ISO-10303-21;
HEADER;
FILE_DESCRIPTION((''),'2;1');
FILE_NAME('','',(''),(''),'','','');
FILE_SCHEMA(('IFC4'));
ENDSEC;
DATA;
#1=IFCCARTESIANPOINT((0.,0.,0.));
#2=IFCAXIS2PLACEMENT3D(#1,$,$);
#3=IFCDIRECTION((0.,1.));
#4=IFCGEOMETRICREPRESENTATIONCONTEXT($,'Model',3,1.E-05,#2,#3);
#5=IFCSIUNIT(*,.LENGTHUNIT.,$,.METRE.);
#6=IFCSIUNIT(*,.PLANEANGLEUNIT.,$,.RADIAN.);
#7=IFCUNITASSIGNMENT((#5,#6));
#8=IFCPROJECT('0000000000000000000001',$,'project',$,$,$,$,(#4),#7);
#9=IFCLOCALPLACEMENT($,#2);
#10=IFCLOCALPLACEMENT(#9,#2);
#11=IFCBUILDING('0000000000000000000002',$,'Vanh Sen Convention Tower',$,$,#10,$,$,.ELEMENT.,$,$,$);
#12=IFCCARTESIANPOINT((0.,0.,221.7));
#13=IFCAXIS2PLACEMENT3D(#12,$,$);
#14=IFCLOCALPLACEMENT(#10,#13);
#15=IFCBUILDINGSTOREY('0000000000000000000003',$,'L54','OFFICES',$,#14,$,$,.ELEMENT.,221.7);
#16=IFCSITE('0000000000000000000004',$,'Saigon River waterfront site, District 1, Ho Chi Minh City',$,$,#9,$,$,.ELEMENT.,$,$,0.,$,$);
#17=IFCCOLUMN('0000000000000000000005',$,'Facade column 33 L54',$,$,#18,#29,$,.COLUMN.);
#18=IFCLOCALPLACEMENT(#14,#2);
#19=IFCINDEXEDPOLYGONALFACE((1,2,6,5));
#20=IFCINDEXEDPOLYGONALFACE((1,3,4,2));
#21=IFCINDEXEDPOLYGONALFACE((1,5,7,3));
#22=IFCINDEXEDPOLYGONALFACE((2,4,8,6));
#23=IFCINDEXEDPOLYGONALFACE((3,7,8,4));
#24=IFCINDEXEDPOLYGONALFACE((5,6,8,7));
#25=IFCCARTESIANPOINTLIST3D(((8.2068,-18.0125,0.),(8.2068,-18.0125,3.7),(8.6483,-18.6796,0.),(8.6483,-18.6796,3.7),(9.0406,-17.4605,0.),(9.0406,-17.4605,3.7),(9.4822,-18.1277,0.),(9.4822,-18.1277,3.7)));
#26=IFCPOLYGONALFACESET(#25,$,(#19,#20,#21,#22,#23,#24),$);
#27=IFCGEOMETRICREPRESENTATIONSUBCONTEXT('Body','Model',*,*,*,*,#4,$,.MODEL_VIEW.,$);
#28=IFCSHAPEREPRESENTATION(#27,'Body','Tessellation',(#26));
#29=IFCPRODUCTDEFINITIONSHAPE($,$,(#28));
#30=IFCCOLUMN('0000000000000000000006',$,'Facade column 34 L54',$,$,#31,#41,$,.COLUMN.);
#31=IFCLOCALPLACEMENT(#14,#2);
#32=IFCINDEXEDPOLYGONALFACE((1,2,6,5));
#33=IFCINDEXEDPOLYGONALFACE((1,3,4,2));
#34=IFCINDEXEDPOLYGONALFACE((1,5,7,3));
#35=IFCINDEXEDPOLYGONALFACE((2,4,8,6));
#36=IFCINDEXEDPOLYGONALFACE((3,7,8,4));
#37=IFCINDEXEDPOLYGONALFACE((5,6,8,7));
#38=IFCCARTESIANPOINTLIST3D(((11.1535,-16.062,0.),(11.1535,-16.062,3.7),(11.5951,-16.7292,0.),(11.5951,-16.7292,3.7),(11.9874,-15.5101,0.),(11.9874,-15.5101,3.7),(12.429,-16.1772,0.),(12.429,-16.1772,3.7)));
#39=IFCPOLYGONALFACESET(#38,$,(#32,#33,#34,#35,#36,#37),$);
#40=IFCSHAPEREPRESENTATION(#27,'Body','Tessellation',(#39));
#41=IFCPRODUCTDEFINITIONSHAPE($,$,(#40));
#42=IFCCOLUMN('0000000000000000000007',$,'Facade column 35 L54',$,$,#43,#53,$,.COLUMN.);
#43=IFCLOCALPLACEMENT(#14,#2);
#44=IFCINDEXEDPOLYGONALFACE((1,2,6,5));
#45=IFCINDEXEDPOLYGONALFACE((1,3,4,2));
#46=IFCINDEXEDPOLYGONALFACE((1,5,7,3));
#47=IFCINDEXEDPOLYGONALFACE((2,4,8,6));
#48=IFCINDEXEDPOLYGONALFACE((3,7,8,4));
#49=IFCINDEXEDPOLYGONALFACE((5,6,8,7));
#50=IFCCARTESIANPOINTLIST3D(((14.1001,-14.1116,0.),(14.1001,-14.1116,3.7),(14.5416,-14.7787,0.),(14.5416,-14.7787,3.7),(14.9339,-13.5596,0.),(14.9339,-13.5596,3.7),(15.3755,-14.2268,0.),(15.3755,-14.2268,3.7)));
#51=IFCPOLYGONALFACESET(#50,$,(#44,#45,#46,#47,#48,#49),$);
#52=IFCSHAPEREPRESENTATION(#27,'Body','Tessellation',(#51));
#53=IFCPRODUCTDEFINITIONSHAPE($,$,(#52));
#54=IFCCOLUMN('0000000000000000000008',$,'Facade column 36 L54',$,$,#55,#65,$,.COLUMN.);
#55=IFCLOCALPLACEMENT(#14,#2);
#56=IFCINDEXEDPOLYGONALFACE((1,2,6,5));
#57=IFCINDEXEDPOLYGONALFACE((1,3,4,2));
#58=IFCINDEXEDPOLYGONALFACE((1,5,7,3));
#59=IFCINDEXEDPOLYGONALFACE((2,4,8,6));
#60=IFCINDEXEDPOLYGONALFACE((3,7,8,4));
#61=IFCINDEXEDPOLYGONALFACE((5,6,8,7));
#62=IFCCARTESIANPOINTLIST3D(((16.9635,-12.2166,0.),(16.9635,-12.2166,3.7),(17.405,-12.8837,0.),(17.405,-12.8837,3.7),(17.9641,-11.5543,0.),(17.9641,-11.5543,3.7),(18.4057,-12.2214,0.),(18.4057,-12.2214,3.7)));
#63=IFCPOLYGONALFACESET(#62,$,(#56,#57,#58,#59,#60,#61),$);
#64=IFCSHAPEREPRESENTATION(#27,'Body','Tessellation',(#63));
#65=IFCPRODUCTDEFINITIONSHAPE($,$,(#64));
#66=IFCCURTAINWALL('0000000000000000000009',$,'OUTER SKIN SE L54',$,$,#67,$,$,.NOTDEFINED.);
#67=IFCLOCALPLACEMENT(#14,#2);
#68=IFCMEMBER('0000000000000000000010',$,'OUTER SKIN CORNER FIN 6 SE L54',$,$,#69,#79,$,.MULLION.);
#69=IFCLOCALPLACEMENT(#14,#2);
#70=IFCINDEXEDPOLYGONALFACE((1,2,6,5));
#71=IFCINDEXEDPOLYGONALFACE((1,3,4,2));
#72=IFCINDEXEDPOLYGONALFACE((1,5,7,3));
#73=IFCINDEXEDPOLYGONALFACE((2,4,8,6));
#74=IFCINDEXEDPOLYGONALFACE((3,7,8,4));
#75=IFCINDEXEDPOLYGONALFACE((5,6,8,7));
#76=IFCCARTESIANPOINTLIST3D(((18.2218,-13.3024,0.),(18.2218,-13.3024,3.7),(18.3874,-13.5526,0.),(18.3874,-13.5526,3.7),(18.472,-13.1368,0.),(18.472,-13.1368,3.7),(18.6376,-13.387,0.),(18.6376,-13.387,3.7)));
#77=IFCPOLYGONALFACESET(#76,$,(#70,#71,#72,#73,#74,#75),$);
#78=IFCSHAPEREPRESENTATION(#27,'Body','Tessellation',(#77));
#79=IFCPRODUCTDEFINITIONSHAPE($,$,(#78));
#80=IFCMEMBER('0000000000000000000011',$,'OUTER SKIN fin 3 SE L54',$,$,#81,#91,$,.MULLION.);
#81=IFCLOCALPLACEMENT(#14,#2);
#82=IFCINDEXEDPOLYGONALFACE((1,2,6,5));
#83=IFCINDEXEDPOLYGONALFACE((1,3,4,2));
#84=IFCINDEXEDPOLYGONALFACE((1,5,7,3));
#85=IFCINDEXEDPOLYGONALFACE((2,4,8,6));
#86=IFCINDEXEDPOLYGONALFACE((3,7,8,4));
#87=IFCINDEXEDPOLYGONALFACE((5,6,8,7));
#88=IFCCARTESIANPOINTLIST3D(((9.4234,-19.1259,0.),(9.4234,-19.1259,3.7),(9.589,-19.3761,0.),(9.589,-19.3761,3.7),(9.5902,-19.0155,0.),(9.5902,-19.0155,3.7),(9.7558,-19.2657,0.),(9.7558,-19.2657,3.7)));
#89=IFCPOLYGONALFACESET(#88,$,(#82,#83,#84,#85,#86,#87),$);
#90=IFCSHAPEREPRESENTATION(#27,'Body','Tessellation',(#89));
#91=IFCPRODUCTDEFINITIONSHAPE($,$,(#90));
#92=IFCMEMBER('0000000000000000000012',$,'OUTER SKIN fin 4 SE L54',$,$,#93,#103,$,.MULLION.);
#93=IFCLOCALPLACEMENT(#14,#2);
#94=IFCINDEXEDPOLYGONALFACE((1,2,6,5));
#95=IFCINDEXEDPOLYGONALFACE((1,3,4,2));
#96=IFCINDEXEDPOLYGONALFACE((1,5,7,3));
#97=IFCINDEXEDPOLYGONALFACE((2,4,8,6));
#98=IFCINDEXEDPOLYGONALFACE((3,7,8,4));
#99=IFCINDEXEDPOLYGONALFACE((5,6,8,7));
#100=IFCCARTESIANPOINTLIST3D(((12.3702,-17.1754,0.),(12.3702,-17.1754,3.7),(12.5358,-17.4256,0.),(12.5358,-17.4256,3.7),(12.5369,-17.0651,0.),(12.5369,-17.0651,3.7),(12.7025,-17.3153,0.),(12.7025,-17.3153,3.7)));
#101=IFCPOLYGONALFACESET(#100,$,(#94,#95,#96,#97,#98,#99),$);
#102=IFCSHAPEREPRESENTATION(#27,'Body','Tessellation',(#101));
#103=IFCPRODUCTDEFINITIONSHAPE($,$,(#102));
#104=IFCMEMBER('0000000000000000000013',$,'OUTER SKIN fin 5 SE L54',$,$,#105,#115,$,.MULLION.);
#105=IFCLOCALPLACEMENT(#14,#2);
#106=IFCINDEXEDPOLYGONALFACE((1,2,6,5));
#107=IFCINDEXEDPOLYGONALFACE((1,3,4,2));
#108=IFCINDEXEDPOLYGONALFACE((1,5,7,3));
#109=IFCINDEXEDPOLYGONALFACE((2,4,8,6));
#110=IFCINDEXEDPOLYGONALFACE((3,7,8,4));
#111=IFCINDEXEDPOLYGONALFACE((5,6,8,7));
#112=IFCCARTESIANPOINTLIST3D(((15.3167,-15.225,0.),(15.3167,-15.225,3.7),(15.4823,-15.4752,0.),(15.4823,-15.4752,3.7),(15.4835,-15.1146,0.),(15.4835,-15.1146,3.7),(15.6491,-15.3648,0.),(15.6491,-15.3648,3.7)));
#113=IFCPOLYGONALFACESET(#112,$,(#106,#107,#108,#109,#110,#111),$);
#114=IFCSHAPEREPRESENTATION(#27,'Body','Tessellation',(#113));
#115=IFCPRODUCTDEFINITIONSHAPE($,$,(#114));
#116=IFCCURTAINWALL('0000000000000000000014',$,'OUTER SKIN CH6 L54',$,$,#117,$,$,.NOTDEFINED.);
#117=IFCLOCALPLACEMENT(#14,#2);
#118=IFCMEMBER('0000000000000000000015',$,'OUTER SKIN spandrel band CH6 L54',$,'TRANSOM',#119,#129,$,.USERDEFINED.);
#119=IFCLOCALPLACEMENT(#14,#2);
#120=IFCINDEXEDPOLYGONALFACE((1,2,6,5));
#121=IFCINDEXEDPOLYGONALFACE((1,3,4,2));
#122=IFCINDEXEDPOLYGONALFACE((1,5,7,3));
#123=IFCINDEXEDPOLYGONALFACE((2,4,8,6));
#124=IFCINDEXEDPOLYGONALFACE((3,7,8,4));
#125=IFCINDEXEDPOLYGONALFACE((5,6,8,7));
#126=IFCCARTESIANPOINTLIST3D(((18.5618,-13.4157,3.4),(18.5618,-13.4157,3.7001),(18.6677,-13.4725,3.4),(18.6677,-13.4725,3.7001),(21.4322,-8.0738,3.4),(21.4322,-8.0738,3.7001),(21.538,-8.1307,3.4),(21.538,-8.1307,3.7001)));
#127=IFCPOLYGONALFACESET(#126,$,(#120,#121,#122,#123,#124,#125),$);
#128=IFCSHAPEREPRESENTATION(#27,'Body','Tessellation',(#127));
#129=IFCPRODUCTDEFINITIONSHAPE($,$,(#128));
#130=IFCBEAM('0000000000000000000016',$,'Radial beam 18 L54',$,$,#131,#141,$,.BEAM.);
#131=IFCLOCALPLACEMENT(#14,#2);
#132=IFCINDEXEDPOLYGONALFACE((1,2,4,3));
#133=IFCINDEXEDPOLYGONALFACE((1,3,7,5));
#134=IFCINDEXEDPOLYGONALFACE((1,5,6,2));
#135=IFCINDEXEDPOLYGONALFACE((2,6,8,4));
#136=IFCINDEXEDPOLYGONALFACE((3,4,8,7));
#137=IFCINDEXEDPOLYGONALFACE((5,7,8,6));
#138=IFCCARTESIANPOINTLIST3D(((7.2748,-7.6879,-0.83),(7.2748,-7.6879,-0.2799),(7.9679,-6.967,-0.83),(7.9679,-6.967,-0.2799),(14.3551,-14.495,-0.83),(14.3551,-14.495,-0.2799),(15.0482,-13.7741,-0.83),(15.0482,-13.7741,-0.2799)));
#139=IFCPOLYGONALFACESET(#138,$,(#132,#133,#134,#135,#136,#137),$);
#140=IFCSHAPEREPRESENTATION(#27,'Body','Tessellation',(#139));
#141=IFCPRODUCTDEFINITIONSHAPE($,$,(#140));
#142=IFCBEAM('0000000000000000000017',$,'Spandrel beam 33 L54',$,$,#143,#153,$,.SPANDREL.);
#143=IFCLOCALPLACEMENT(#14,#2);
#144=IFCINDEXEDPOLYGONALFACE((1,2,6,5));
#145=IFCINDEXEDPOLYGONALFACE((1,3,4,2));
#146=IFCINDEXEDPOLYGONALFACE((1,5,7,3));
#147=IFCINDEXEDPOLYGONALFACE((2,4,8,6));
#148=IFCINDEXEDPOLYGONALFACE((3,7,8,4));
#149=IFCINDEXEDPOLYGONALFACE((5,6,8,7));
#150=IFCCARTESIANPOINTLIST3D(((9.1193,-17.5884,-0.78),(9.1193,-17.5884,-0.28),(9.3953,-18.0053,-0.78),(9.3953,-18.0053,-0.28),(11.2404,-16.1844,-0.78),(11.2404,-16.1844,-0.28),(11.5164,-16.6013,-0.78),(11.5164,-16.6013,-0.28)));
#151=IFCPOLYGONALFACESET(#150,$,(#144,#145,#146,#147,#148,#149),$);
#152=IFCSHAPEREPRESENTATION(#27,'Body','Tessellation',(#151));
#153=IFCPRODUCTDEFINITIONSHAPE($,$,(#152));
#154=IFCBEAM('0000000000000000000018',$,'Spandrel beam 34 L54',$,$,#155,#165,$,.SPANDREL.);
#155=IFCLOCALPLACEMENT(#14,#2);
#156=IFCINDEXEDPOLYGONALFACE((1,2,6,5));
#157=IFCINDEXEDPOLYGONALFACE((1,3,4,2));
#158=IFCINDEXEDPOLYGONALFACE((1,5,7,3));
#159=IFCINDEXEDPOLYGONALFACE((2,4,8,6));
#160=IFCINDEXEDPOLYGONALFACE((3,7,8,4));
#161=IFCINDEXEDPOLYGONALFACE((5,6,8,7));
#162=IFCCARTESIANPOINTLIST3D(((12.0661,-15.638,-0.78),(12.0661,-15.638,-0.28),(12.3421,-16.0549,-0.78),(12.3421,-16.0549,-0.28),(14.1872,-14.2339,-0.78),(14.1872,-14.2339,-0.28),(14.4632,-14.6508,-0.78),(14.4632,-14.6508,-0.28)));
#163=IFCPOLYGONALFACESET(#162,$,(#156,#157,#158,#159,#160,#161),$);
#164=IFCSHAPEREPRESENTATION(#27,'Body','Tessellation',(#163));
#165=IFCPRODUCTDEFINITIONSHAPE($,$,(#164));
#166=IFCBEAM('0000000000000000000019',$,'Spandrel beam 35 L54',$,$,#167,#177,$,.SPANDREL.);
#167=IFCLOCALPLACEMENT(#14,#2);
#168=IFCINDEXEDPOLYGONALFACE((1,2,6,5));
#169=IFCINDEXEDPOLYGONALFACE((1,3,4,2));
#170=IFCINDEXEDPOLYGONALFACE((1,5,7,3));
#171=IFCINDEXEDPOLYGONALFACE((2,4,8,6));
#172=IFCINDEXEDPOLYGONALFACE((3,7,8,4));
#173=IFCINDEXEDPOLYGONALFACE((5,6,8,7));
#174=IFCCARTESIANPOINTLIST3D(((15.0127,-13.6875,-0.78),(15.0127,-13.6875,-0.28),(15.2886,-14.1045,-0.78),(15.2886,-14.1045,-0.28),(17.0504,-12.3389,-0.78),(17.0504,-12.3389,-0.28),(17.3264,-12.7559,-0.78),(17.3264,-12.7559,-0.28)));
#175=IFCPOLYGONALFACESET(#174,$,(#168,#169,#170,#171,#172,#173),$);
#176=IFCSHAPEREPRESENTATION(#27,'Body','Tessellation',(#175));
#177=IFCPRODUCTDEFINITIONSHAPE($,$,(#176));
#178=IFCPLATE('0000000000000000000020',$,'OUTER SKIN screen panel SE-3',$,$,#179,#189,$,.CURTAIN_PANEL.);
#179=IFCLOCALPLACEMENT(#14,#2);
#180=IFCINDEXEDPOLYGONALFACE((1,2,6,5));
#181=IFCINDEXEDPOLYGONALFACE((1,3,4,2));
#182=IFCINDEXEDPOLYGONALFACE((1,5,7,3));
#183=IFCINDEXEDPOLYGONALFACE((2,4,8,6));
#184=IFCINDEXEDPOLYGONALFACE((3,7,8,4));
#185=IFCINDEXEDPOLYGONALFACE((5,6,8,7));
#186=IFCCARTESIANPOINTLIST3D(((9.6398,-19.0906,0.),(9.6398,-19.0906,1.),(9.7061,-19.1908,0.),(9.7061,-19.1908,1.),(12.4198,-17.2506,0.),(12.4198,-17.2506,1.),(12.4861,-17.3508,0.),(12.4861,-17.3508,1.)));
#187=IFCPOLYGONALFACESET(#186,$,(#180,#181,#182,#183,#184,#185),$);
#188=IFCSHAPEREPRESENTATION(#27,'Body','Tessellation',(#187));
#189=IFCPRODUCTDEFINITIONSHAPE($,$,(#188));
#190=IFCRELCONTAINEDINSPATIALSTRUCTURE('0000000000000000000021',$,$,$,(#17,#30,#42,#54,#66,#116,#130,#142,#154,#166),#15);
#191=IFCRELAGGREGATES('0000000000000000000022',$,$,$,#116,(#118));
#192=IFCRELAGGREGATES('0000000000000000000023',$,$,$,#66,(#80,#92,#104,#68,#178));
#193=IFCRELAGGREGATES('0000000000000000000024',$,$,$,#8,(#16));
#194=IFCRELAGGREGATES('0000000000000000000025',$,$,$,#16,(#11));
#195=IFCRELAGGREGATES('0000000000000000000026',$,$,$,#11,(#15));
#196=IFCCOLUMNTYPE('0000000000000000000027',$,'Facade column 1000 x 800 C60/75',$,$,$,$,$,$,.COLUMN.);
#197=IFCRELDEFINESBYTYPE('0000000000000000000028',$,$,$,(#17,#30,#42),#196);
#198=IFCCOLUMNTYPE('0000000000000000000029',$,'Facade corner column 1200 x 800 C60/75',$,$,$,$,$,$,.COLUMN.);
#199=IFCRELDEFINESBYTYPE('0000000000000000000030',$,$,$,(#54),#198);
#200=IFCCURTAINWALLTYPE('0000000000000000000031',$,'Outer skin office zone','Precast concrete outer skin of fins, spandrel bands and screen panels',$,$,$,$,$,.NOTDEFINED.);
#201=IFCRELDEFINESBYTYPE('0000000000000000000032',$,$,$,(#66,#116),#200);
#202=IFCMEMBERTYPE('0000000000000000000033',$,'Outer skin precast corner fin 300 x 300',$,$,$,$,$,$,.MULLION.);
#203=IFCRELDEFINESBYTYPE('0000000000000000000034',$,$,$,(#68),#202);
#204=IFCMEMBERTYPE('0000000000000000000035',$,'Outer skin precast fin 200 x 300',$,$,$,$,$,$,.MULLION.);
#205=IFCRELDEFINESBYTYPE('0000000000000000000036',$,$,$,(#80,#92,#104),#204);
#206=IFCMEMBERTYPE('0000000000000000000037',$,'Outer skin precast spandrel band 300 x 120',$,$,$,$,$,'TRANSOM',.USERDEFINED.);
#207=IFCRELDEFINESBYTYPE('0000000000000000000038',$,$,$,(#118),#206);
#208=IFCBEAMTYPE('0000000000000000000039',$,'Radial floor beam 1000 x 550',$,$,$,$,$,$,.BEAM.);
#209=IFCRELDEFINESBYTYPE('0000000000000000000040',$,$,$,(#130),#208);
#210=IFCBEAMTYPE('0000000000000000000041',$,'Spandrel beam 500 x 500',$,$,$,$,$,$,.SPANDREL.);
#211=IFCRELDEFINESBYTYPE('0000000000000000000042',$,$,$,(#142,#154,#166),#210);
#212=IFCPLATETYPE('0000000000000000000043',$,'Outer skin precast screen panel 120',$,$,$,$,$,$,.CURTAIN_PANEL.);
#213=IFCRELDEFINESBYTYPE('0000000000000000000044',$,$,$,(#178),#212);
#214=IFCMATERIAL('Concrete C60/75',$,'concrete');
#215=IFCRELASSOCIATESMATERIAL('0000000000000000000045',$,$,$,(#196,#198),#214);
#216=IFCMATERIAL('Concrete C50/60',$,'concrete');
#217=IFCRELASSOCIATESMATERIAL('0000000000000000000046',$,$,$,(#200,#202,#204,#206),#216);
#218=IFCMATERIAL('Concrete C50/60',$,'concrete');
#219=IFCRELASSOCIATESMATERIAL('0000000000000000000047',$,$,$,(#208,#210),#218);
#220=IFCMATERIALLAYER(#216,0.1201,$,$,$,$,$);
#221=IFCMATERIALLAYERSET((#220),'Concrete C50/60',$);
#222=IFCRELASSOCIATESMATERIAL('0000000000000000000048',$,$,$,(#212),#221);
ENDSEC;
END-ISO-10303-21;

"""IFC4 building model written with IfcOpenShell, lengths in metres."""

from ifc_helpers import new_model, si_unit, direction, frame, origin, origin_2d, place, context, subcontext, project, spatial, rectangle, extrude, material, layer, layer_set, material_profile, profile_set, type_object, element, aggregate, save


model = new_model("IFC4")

# Units and contexts
model_context = context("Model", 3, precision=1e-05, world=origin(), true_north=direction((0.0, 1.0)))
body_context = subcontext(model_context, "Body", "Model", "MODEL_VIEW")
ifc_project = project(units=[si_unit("LENGTHUNIT", "METRE"), si_unit("PLANEANGLEUNIT", "RADIAN")], contexts=[model_context])

# Site, building, storey
site_placement = place(None, origin())
site = spatial("IfcSite", under=ifc_project, at=site_placement, Name="Saigon River waterfront site, District 1, Ho Chi Minh City", CompositionType="ELEMENT", RefElevation=0.0)
building_placement = place(site_placement, origin())
building = spatial("IfcBuilding", under=site, at=building_placement, Name="Vanh Sen Convention Tower", CompositionType="ELEMENT")
storey_placement = place(building_placement, frame((0.0, 0.0, 221.7)))
storey = spatial("IfcBuildingStorey", under=building, at=storey_placement, Name="L54", Description="OFFICES", CompositionType="ELEMENT", Elevation=221.7)

# Columns
ifc_material_1 = material(Name="Concrete C60/75", Category="concrete")
ifc_material_profile_1 = material_profile(ifc_material_1, rectangle(XDim=1.0, YDim=0.8, at=origin_2d()), Name="RC 1000X800")
ifc_profile_set_1 = profile_set([ifc_material_profile_1], Name="Concrete C60/75")
column_type_1 = type_object("IfcColumnType", Name="Facade column 1000 x 800 C60/75", PredefinedType="COLUMN", material=ifc_profile_set_1)
for number, where, z_axis, x_axis, name in (
    (1, (8.8445, -18.0701, 0.0), (0.0, 0.0, 1.0), (0.833886, 0.551937, 0.0), "Facade column 33 L54"),
    (2, (11.7913, -16.1196, 0.0), (0.0, 0.0, 1.0), (0.833886, 0.551937, 0.0), "Facade column 34 L54"),
    (3, (14.7378, -14.1692, 0.0), (0.0, 0.0, 1.0), (0.833886, 0.551937, 0.0), "Facade column 35 L54"),
):
    element("IfcColumn", number, at=place(storey_placement, frame(where, z_axis=z_axis, x_axis=x_axis)), inside=storey, type_object=column_type_1, Name=name, PredefinedType="COLUMN", context=body_context, shape_type="SweptSolid", body=[
        extrude(rectangle(XDim=1.0, YDim=0.8, at=origin_2d()), origin(), (0.0, 0.0, 1.0), 3.7),
    ])
ifc_material_profile_2 = material_profile(ifc_material_1, rectangle(XDim=1.2, YDim=0.8, at=origin_2d()), Name="RC 1200X800")
ifc_profile_set_2 = profile_set([ifc_material_profile_2], Name="Concrete C60/75")
column_type_2 = type_object("IfcColumnType", Name="Facade corner column 1200 x 800 C60/75", PredefinedType="COLUMN", material=ifc_profile_set_2)
column_placement = place(storey_placement, frame((17.6846, -12.219, 0.0), z_axis=(0.0, 0.0, 1.0), x_axis=(0.833886, 0.551937, 0.0)))
element("IfcColumn", 4, at=column_placement, inside=storey, type_object=column_type_2, Name="Facade column 36 L54", PredefinedType="COLUMN", context=body_context, shape_type="SweptSolid", body=[
    extrude(rectangle(XDim=1.2, YDim=0.8, at=origin_2d()), origin(), (0.0, 0.0, 1.0), 3.7),
])

# Curtain wall, members
ifc_material_2 = material(Name="Concrete C50/60", Category="concrete")
curtain_wall_type = type_object("IfcCurtainWallType", Name="Outer skin office zone", Description="Precast concrete outer skin of fins, spandrel bands and screen panels", PredefinedType="NOTDEFINED", material=ifc_material_2)
curtain_wall_1_placement = place(storey_placement, origin())
curtain_wall_1 = element("IfcCurtainWall", 5, at=curtain_wall_1_placement, inside=storey, type_object=curtain_wall_type, Name="OUTER SKIN SE L54", PredefinedType="NOTDEFINED")
ifc_material_profile_3 = material_profile(ifc_material_2, rectangle(XDim=0.3, YDim=0.3, at=origin_2d()), Name="Outer skin precast corner fin 300 x 300")
ifc_profile_set_3 = profile_set([ifc_material_profile_3], Name="Concrete C50/60")
member_type_1 = type_object("IfcMemberType", Name="Outer skin precast corner fin 300 x 300", PredefinedType="MULLION", material=ifc_profile_set_3)
member_1_placement = place(storey_placement, frame((18.4297, -13.3447, 0.0), z_axis=(0.0, 0.0, 1.0), x_axis=(0.833886, 0.551937, 0.0)))
member_1 = element("IfcMember", 6, at=member_1_placement, type_object=member_type_1, Name="OUTER SKIN CORNER FIN 6 SE L54", PredefinedType="MULLION", context=body_context, shape_type="SweptSolid", body=[
    extrude(rectangle(XDim=0.3, YDim=0.3, at=origin_2d()), origin(), (0.0, 0.0, 1.0), 3.7),
])
ifc_material_profile_4 = material_profile(ifc_material_2, rectangle(XDim=0.2, YDim=0.3, at=origin_2d()), Name="Outer skin precast fin 200 x 300")
ifc_profile_set_4 = profile_set([ifc_material_profile_4], Name="Concrete C50/60")
member_type_2 = type_object("IfcMemberType", Name="Outer skin precast fin 200 x 300", PredefinedType="MULLION", material=ifc_profile_set_4)
member_2_placement = place(storey_placement, frame((9.5896, -19.1958, 0.0), z_axis=(0.0, 0.0, 1.0), x_axis=(0.833886, 0.551937, 0.0)))
member_2 = element("IfcMember", 7, at=member_2_placement, type_object=member_type_2, Name="OUTER SKIN fin 3 SE L54", PredefinedType="MULLION", context=body_context, shape_type="SweptSolid", body=[
    extrude(rectangle(XDim=0.2, YDim=0.3, at=origin_2d()), origin(), (0.0, 0.0, 1.0), 3.7),
])
member_3_placement = place(storey_placement, frame((12.5364, -17.2454, 0.0), z_axis=(0.0, 0.0, 1.0), x_axis=(0.833886, 0.551937, 0.0)))
member_3 = element("IfcMember", 8, at=member_3_placement, type_object=member_type_2, Name="OUTER SKIN fin 4 SE L54", PredefinedType="MULLION", context=body_context, shape_type="SweptSolid", body=[
    extrude(rectangle(XDim=0.2, YDim=0.3, at=origin_2d()), origin(), (0.0, 0.0, 1.0), 3.7),
])
member_4_placement = place(storey_placement, frame((15.4829, -15.2949, 0.0), z_axis=(0.0, 0.0, 1.0), x_axis=(0.833886, 0.551937, 0.0)))
member_4 = element("IfcMember", 9, at=member_4_placement, type_object=member_type_2, Name="OUTER SKIN fin 5 SE L54", PredefinedType="MULLION", context=body_context, shape_type="SweptSolid", body=[
    extrude(rectangle(XDim=0.2, YDim=0.3, at=origin_2d()), origin(), (0.0, 0.0, 1.0), 3.7),
])

# Curtain wall, member
curtain_wall_2_placement = place(storey_placement, origin())
curtain_wall_2 = element("IfcCurtainWall", 10, at=curtain_wall_2_placement, inside=storey, type_object=curtain_wall_type, Name="OUTER SKIN CH6 L54", PredefinedType="NOTDEFINED")
ifc_material_profile_5 = material_profile(ifc_material_2, rectangle(XDim=0.1201, YDim=0.3, at=origin_2d()), Name="Outer skin precast spandrel band 300 x 120")
ifc_profile_set_5 = profile_set([ifc_material_profile_5], Name="Concrete C50/60")
member_type_3 = type_object("IfcMemberType", Name="Outer skin precast spandrel band 300 x 120", ElementType="TRANSOM", PredefinedType="USERDEFINED", material=ifc_profile_set_5)
member_5_placement = place(storey_placement, frame((18.6147, -13.4441, 3.55), z_axis=(0.473334, 0.880883, 0.0), x_axis=(-0.880883, 0.473334, 0.0)))
member_5 = element("IfcMember", 11, at=member_5_placement, type_object=member_type_3, Name="OUTER SKIN spandrel band CH6 L54", ObjectType="TRANSOM", PredefinedType="USERDEFINED", context=body_context, shape_type="SweptSolid", body=[
    extrude(rectangle(XDim=0.1201, YDim=0.3, at=origin_2d()), origin(), (0.0, 0.0, 1.0), 6.0642),
])
aggregate(curtain_wall_2, [member_5])

# Beams
ifc_material_3 = material(Name="Concrete C50/60", Category="concrete")
ifc_material_profile_6 = material_profile(ifc_material_3, rectangle(XDim=1.0, YDim=0.55, at=origin_2d()), Name="RC 1000X550")
ifc_profile_set_6 = profile_set([ifc_material_profile_6], Name="Concrete C50/60")
beam_type_1 = type_object("IfcBeamType", Name="Radial floor beam 1000 x 550", PredefinedType="BEAM", material=ifc_profile_set_6)
beam_1_placement = place(storey_placement, frame((14.7017, -14.1345, -0.5549), z_axis=(-0.720877, 0.693063, 0.0), x_axis=(-0.693063, -0.720877, 0.0)))
element("IfcBeam", 12, at=beam_1_placement, inside=storey, type_object=beam_type_1, Name="Radial beam 18 L54", PredefinedType="BEAM", context=body_context, shape_type="SweptSolid", body=[
    extrude(rectangle(XDim=1.0, YDim=0.55, at=origin_2d()), origin(), (0.0, 0.0, 1.0), 9.8218),
])
ifc_material_profile_7 = material_profile(ifc_material_3, rectangle(XDim=0.5, YDim=0.5, at=origin_2d()), Name="RC 500X500")
ifc_profile_set_7 = profile_set([ifc_material_profile_7], Name="Concrete C50/60")
beam_type_2 = type_object("IfcBeamType", Name="Spandrel beam 500 x 500", PredefinedType="SPANDREL", material=ifc_profile_set_7)
for number, where, z_axis, x_axis, name in (
    (13, (9.2573, -17.7969, -0.53), (0.833862, 0.551973, 0.0), (-0.551973, 0.833862, 0.0), "Spandrel beam 33 L54"),
    (14, (12.2041, -15.8464, -0.53), (0.833862, 0.551973, 0.0), (-0.551973, 0.833862, 0.0), "Spandrel beam 34 L54"),
):
    element("IfcBeam", number, at=place(storey_placement, frame(where, z_axis=z_axis, x_axis=x_axis)), inside=storey, type_object=beam_type_2, Name=name, PredefinedType="SPANDREL", context=body_context, shape_type="SweptSolid", body=[
        extrude(rectangle(XDim=0.5, YDim=0.5, at=origin_2d()), origin(), (0.0, 0.0, 1.0), 2.5437),
    ])
beam_2_placement = place(storey_placement, frame((15.1506, -13.896, -0.53), z_axis=(0.833921, 0.551884, 0.0), x_axis=(-0.551884, 0.833921, 0.0)))
element("IfcBeam", 15, at=beam_2_placement, inside=storey, type_object=beam_type_2, Name="Spandrel beam 35 L54", PredefinedType="SPANDREL", context=body_context, shape_type="SweptSolid", body=[
    extrude(rectangle(XDim=0.5, YDim=0.5, at=origin_2d()), origin(), (0.0, 0.0, 1.0), 2.4436),
])

# Plate
ifc_layer_1 = layer(ifc_material_2, 0.1201)
ifc_layer_set_1 = layer_set([ifc_layer_1], Name="Concrete C50/60")
plate_type = type_object("IfcPlateType", Name="Outer skin precast screen panel 120", PredefinedType="CURTAIN_PANEL", material=ifc_layer_set_1)
plate_1_placement = place(storey_placement, frame((11.063, -18.2207, 0.0), z_axis=(0.0, 0.0, 1.0), x_axis=(0.833896, 0.551921, 0.0)))
plate_1 = element("IfcPlate", 16, at=plate_1_placement, type_object=plate_type, Name="OUTER SKIN screen panel SE-3", PredefinedType="CURTAIN_PANEL", context=body_context, shape_type="SweptSolid", body=[
    extrude(rectangle(XDim=3.3337, YDim=0.1201, at=origin_2d()), origin(), (0.0, 0.0, 1.0), 1.0),
])
aggregate(curtain_wall_1, [member_2, member_3, member_4, member_1, plate_1])

save(model, "model.ifc")
